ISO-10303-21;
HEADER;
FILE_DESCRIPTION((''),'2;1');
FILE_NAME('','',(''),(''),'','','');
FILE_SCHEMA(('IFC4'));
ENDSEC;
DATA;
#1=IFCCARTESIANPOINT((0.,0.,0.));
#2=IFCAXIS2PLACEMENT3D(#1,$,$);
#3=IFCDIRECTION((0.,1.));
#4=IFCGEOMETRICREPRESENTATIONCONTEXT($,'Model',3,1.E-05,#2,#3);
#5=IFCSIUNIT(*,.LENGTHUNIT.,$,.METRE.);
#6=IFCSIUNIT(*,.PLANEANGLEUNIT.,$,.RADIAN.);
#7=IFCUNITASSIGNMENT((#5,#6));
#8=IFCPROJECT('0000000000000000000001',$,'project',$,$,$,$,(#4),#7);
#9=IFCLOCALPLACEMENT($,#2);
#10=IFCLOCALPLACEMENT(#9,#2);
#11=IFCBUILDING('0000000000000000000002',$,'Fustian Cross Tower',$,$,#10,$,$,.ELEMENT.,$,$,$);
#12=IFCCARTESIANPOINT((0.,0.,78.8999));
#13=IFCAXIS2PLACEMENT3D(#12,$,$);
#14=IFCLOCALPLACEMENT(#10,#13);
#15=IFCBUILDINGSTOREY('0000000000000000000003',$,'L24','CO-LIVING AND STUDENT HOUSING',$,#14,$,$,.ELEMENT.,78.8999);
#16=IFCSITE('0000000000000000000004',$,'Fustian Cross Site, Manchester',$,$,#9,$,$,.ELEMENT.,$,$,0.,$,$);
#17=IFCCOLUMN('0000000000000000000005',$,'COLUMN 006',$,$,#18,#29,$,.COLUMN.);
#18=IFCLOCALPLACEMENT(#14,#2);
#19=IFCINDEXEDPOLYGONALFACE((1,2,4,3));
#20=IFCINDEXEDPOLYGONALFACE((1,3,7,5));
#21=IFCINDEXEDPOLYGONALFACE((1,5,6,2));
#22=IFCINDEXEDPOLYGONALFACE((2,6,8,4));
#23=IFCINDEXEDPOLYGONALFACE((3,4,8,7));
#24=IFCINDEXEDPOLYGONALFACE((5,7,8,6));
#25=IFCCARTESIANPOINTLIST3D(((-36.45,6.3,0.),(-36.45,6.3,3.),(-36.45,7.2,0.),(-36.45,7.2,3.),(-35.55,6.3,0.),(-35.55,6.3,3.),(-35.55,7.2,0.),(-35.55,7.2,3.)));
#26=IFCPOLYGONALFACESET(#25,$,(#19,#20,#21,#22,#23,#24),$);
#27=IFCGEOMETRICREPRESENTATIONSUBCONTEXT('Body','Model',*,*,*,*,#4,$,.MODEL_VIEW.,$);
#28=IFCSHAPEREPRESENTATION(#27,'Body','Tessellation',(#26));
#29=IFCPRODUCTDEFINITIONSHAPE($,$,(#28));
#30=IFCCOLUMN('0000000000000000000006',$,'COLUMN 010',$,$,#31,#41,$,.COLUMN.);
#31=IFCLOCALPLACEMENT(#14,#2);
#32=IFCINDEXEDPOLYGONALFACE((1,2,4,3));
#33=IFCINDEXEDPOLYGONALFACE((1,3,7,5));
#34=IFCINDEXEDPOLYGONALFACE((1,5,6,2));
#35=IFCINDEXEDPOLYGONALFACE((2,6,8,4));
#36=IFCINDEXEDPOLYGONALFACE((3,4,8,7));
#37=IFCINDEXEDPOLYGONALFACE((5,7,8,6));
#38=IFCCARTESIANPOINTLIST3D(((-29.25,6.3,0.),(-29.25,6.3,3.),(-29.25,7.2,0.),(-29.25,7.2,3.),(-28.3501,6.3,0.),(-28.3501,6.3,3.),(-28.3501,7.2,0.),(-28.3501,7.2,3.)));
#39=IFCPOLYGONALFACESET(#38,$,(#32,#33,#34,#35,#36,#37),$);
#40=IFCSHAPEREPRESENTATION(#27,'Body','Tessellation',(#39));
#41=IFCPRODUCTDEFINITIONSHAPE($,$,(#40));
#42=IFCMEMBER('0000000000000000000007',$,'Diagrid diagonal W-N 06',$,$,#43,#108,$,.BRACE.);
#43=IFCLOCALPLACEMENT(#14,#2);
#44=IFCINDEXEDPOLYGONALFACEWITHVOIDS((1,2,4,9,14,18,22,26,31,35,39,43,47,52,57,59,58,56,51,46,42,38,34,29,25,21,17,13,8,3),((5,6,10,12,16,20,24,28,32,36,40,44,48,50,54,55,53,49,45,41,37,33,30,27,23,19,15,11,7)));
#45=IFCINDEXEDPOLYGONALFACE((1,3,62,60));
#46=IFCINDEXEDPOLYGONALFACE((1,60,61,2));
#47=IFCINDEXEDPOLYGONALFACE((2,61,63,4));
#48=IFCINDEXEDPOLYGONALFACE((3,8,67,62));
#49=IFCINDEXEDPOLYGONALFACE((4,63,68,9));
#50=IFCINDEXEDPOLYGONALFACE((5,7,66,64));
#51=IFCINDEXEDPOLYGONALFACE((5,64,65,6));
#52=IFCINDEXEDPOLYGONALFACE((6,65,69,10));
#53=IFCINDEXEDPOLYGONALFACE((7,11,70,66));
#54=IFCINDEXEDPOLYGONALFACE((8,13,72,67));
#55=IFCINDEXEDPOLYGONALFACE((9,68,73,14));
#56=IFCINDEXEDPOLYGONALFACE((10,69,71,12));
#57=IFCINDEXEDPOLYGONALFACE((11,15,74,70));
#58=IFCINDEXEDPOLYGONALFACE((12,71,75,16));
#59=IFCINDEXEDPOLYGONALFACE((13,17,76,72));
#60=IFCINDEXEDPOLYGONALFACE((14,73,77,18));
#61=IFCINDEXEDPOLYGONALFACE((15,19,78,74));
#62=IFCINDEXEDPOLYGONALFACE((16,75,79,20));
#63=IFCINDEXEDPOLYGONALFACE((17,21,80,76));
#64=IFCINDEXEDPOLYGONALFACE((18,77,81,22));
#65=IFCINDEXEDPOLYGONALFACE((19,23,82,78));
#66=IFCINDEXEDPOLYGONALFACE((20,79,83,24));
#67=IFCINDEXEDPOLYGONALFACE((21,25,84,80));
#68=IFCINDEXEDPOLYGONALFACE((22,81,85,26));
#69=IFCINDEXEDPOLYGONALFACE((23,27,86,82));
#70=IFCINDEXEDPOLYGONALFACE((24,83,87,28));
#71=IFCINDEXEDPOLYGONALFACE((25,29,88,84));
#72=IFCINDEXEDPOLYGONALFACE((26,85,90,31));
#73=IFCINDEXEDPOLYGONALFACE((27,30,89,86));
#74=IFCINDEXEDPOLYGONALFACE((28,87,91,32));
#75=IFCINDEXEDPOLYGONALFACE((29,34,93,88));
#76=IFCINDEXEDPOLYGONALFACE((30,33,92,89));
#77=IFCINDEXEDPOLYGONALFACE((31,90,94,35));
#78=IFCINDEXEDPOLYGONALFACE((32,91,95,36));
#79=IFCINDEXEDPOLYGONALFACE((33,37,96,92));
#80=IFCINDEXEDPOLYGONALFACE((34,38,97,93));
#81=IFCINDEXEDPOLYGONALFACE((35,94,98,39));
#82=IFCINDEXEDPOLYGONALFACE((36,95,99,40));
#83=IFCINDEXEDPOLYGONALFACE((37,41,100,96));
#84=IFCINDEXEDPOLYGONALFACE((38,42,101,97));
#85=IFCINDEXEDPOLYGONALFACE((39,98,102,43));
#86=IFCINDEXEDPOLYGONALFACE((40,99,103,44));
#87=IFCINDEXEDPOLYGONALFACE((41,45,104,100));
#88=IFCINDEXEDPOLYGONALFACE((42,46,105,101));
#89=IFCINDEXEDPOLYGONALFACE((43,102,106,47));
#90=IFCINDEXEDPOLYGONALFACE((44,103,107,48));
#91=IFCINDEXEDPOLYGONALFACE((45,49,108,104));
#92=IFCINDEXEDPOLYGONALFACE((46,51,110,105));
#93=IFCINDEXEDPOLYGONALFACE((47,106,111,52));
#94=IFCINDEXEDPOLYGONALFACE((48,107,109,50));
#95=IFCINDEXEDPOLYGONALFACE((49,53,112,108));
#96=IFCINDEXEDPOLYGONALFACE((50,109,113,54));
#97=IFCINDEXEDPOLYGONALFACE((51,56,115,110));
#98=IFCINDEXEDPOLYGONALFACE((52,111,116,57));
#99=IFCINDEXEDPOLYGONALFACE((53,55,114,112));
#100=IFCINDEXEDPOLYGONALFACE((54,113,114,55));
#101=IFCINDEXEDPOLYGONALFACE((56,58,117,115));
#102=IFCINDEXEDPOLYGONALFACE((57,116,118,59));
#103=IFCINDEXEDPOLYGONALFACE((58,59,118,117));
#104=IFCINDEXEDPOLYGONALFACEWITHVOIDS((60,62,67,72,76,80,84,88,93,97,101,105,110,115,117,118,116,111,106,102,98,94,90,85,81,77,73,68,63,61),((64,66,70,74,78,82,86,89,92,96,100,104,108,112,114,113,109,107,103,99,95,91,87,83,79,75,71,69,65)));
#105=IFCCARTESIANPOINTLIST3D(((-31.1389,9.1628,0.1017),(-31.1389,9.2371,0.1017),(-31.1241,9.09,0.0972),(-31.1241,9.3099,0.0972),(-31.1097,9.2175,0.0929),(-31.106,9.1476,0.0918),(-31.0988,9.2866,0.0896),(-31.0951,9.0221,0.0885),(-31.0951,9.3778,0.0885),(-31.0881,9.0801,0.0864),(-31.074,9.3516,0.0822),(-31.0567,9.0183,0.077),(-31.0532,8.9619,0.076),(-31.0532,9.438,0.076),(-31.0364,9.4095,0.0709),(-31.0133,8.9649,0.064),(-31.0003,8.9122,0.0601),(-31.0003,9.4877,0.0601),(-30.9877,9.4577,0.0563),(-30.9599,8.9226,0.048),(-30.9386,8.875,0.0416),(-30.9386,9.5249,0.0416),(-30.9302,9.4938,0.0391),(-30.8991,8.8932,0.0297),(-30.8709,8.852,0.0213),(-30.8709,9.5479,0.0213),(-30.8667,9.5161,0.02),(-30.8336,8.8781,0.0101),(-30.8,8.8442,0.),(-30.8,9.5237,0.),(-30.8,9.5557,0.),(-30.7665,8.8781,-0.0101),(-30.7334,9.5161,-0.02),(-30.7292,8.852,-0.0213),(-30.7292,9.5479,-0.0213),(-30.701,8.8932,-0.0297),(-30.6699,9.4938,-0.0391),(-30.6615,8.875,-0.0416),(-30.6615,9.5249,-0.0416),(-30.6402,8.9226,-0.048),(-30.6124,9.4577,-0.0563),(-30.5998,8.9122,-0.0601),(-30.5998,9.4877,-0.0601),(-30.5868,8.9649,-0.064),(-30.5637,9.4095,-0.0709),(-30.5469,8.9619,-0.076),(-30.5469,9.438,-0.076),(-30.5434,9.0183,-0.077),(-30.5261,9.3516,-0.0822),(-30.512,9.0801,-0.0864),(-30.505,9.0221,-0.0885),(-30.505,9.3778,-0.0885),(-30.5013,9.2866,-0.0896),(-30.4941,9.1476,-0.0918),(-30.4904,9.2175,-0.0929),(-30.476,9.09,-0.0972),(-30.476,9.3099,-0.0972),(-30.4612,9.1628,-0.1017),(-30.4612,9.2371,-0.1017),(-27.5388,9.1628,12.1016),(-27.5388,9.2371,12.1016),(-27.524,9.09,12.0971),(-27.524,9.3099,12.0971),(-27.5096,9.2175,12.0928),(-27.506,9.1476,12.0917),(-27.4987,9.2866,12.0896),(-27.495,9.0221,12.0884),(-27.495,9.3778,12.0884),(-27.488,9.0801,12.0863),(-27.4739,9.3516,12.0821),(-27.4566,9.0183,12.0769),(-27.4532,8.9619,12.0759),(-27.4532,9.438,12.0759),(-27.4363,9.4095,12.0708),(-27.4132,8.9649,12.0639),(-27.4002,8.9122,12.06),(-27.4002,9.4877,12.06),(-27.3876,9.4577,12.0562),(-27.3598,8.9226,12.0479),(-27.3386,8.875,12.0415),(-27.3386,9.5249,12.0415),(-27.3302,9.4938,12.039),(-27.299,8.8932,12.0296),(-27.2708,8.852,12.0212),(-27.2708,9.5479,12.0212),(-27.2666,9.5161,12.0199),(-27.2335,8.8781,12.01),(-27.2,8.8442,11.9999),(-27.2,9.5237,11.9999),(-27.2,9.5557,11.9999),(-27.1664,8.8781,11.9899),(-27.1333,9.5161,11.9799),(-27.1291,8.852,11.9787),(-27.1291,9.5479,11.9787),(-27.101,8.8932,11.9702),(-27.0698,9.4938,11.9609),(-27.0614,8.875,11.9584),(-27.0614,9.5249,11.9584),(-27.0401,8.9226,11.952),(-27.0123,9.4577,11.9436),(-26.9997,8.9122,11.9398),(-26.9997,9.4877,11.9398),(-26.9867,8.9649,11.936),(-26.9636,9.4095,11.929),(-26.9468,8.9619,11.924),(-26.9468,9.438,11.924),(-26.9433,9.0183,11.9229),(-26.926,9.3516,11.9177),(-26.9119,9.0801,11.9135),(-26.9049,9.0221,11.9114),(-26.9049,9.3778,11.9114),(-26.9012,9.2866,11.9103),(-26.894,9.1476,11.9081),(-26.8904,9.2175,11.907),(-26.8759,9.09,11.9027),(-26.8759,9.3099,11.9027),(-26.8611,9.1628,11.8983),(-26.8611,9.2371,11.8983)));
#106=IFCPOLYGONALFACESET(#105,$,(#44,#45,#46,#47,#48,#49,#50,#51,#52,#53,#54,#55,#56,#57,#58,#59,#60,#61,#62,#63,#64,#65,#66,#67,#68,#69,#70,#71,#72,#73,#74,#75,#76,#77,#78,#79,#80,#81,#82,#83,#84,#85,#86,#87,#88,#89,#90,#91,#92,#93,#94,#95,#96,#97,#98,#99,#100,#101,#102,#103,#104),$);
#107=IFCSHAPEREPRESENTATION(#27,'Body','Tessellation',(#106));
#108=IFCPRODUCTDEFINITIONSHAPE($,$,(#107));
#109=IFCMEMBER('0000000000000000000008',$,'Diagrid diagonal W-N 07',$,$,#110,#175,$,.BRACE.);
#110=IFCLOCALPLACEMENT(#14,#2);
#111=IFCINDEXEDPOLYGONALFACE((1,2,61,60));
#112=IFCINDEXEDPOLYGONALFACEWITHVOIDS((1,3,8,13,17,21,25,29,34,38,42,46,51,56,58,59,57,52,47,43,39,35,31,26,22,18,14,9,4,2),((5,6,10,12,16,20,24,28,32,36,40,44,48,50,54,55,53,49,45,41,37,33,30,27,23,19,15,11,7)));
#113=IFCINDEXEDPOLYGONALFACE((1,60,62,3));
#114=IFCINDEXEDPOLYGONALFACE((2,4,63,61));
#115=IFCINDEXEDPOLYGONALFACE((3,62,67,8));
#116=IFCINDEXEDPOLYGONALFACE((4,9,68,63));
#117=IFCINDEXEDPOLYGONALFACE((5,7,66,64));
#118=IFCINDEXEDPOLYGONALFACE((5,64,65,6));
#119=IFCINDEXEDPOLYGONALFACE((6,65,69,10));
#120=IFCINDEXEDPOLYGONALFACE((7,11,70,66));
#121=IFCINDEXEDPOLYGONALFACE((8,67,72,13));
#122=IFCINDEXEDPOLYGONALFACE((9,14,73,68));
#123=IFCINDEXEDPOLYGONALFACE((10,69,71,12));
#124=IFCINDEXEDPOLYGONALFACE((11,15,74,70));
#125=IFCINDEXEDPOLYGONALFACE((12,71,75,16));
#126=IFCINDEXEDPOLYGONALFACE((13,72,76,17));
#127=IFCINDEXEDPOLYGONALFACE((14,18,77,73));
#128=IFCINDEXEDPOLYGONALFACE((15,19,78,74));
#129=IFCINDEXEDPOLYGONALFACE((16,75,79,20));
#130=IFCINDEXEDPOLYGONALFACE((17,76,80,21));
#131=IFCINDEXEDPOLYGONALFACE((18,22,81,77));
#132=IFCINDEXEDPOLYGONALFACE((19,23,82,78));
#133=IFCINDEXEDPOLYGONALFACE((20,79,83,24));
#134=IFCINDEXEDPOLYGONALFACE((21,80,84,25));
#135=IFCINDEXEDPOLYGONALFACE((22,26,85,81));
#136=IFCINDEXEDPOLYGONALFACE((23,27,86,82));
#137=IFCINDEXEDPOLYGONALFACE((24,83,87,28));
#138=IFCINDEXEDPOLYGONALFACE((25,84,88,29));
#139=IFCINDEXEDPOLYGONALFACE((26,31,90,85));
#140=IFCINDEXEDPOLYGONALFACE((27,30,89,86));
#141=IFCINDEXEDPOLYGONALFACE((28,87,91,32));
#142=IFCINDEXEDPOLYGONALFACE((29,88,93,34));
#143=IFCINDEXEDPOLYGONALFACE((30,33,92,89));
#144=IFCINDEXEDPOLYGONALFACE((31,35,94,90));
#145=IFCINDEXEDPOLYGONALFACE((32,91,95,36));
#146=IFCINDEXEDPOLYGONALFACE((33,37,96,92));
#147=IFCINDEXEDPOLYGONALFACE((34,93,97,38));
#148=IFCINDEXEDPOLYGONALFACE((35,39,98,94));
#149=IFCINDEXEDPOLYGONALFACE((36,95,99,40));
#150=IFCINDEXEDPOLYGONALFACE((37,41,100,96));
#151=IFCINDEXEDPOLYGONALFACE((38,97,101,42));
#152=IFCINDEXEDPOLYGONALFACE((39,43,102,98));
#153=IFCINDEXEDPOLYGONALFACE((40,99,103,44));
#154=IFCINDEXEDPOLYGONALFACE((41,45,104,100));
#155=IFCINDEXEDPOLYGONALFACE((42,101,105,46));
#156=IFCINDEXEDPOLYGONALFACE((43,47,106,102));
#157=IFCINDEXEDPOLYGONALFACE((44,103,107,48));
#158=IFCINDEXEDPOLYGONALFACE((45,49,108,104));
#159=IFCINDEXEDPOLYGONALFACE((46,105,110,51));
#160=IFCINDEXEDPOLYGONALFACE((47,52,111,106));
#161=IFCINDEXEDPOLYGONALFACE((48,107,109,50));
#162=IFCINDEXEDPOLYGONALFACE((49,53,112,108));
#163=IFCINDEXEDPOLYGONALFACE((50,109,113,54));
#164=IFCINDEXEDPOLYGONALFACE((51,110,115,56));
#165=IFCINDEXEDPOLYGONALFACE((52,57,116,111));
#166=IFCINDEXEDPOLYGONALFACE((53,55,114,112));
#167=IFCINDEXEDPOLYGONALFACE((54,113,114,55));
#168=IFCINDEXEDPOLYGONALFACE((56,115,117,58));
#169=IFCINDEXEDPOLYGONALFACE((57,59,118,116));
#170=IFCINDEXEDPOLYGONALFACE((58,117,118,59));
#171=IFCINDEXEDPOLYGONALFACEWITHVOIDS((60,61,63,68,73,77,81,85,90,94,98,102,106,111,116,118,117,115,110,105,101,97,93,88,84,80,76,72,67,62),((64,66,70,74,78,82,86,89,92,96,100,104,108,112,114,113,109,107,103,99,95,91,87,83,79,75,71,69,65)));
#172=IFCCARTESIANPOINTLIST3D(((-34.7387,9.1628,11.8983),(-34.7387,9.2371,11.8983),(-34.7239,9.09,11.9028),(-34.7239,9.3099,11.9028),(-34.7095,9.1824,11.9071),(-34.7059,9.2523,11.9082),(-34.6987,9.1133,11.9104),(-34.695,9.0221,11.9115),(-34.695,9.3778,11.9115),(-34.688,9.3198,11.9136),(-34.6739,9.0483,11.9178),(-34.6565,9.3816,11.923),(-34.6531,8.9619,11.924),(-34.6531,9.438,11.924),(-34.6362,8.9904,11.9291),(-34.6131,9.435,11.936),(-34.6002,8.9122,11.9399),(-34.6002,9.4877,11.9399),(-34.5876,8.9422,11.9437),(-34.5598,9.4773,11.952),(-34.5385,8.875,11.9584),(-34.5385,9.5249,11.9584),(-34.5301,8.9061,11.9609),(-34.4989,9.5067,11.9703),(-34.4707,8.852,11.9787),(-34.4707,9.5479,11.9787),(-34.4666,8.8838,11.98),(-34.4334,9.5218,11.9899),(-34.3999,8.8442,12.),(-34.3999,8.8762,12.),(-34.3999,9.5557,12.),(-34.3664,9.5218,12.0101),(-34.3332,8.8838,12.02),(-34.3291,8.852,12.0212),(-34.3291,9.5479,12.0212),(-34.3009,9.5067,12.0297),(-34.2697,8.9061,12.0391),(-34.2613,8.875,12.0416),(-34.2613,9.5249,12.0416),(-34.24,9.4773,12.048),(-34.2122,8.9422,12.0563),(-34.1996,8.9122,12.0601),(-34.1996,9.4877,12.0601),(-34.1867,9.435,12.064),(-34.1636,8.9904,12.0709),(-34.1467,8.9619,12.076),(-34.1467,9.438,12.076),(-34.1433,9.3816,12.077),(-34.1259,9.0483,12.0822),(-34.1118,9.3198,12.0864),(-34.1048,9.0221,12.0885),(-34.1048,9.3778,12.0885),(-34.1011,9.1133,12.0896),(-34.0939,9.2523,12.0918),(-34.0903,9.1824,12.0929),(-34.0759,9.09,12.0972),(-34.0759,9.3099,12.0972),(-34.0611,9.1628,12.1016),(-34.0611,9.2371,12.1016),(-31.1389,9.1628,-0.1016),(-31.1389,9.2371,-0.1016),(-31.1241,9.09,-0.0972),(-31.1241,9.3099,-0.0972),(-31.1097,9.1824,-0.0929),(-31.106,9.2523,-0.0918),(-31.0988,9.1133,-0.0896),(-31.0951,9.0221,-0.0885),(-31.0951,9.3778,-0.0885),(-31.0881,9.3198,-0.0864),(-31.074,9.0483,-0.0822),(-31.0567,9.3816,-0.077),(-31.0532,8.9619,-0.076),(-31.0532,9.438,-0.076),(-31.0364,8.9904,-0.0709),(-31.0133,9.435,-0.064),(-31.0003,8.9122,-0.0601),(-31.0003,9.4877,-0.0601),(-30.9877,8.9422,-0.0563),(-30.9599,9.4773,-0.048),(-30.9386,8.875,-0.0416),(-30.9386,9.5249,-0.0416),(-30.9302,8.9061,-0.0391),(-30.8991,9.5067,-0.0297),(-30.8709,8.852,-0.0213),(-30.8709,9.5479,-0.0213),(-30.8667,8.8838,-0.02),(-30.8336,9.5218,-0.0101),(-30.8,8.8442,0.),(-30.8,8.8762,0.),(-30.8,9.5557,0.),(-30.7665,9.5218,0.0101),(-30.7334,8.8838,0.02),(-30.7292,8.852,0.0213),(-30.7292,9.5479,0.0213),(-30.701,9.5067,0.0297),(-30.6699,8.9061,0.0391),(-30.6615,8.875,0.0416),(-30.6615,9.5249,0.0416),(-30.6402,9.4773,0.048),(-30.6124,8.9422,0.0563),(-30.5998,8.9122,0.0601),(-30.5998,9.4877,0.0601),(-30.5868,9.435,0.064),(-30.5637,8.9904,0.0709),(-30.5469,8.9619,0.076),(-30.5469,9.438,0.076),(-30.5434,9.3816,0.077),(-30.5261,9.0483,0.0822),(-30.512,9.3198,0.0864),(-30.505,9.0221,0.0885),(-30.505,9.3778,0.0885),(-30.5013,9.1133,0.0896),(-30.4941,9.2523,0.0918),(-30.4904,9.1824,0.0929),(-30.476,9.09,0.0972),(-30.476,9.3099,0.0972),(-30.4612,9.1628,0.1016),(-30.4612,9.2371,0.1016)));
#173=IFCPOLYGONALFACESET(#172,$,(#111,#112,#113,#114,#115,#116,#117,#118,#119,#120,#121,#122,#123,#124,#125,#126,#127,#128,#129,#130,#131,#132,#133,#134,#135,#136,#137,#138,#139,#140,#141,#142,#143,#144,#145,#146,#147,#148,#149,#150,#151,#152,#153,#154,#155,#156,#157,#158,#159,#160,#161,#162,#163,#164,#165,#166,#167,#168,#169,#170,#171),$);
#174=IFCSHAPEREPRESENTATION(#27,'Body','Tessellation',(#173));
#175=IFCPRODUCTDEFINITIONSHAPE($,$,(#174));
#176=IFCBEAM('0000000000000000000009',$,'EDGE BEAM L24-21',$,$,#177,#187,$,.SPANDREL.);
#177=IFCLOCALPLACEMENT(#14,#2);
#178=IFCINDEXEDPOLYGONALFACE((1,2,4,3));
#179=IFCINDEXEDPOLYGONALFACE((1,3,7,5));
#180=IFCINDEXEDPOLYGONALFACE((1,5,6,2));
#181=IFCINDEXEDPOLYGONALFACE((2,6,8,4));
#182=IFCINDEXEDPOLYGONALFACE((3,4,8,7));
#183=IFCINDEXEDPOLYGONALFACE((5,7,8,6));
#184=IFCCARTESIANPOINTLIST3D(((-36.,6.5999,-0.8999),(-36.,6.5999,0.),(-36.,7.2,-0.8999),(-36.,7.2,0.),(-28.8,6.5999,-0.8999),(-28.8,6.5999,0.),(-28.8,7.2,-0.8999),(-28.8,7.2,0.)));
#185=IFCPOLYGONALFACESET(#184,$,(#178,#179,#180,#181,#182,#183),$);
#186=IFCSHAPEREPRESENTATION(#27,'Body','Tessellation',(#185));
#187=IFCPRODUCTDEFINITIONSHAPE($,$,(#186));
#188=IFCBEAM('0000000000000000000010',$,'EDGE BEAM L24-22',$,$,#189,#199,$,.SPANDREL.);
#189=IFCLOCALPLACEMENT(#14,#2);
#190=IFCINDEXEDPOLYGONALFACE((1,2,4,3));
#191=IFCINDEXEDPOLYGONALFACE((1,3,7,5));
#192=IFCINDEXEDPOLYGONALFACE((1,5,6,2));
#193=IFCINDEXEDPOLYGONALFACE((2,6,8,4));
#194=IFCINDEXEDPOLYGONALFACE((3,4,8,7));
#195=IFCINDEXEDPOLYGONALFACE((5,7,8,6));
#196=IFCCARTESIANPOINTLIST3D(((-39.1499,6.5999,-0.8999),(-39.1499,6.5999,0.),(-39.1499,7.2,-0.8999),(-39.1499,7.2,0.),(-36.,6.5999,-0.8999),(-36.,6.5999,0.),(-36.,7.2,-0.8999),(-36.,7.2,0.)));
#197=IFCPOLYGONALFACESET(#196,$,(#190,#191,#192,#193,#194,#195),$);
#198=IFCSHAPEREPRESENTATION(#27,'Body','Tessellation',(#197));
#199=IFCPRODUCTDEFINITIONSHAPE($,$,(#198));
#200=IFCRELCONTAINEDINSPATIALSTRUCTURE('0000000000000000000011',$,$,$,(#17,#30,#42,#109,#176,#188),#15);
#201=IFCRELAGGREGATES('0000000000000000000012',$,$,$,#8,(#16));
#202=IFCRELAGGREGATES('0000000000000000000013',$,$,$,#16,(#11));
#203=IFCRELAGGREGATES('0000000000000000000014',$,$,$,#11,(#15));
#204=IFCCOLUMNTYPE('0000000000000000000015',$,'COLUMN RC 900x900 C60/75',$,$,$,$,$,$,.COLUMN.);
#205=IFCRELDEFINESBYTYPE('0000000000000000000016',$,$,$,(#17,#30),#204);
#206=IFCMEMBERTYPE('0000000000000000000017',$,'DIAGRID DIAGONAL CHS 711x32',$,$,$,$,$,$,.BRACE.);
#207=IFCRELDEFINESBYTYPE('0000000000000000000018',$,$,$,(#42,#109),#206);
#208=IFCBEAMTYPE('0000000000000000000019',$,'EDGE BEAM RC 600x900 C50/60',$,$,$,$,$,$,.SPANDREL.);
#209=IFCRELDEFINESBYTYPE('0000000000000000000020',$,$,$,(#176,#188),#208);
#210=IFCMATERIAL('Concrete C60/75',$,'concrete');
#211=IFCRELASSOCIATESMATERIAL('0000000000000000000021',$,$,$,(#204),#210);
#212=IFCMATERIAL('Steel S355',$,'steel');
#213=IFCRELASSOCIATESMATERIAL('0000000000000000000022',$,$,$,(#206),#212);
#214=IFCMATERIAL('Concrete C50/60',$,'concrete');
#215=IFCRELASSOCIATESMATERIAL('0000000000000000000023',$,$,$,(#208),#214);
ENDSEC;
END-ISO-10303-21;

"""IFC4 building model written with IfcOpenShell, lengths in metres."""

from ifc_helpers import new_model, si_unit, direction, frame, origin, origin_2d, place, context, subcontext, project, spatial, rectangle, hollow_circle, extrude, material, material_profile, profile_set, type_object, element, save


model = new_model("IFC4")

# Units and contexts
model_context = context("Model", 3, precision=1e-05, world=origin(), true_north=direction((0.0, 1.0)))
body_context = subcontext(model_context, "Body", "Model", "MODEL_VIEW")
ifc_project = project(units=[si_unit("LENGTHUNIT", "METRE"), si_unit("PLANEANGLEUNIT", "RADIAN")], contexts=[model_context])

# Site, building, storey
site_placement = place(None, origin())
site = spatial("IfcSite", under=ifc_project, at=site_placement, Name="Fustian Cross Site, Manchester", CompositionType="ELEMENT", RefElevation=0.0)
building_placement = place(site_placement, origin())
building = spatial("IfcBuilding", under=site, at=building_placement, Name="Fustian Cross Tower", CompositionType="ELEMENT")
storey_placement = place(building_placement, frame((0.0, 0.0, 78.8999)))
storey = spatial("IfcBuildingStorey", under=building, at=storey_placement, Name="L24", Description="CO-LIVING AND STUDENT HOUSING", CompositionType="ELEMENT", Elevation=78.8999)

# Columns
ifc_material_1 = material(Name="Concrete C60/75", Category="concrete")
ifc_material_profile_1 = material_profile(ifc_material_1, rectangle(XDim=0.8999, YDim=0.8999, at=origin_2d()), Name="RC 900x900")
ifc_profile_set_1 = profile_set([ifc_material_profile_1], Name="Concrete C60/75")
column_type = type_object("IfcColumnType", Name="COLUMN RC 900x900 C60/75", PredefinedType="COLUMN", material=ifc_profile_set_1)
for number, where, z_axis, x_axis, name in (
    (1, (-36.0, 6.75, 0.0), (0.0, 0.0, 1.0), (1.0, 0.0, 0.0), "COLUMN 006"),
    (2, (-28.8, 6.75, 0.0), (0.0, 0.0, 1.0), (1.0, 0.0, 0.0), "COLUMN 010"),
):
    element("IfcColumn", number, at=place(storey_placement, frame(where, z_axis=z_axis, x_axis=x_axis)), inside=storey, type_object=column_type, Name=name, PredefinedType="COLUMN", context=body_context, shape_type="SweptSolid", body=[
        extrude(rectangle(XDim=0.8999, YDim=0.8999, at=origin_2d()), origin(), (0.0, 0.0, 1.0), 3.0),
    ])

# Members
ifc_material_2 = material(Name="Steel S355", Category="steel")
ifc_material_profile_2 = material_profile(ifc_material_2, hollow_circle(Radius=0.3557, WallThickness=0.032, at=origin_2d()), Name="CHS 711x32")
ifc_profile_set_2 = profile_set([ifc_material_profile_2], Name="Steel S355")
member_type = type_object("IfcMemberType", Name="DIAGRID DIAGONAL CHS 711x32", PredefinedType="BRACE", material=ifc_profile_set_2)
for number, where, z_axis, x_axis, name in (
    (3, (-30.8, 9.2, 0.0), (0.287355, 0.0, 0.957824), (0.0, 1.0, 0.0), "Diagrid diagonal W-N 06"),
    (4, (-30.8, 9.2, 0.0), (-0.287337, 0.0, 0.95783), (0.0, -1.0, 0.0), "Diagrid diagonal W-N 07"),
):
    element("IfcMember", number, at=place(storey_placement, frame(where, z_axis=z_axis, x_axis=x_axis)), inside=storey, type_object=member_type, Name=name, PredefinedType="BRACE", context=body_context, shape_type="SweptSolid", body=[
        extrude(hollow_circle(Radius=0.3557, WallThickness=0.032, at=origin_2d()), origin(), (0.0, 0.0, 1.0), 12.5283),
    ])

# Beams
ifc_material_3 = material(Name="Concrete C50/60", Category="concrete")
ifc_material_profile_3 = material_profile(ifc_material_3, rectangle(XDim=0.6001, YDim=0.8999, at=origin_2d()), Name="RC 600x900")
ifc_profile_set_3 = profile_set([ifc_material_profile_3], Name="Concrete C50/60")
beam_type = type_object("IfcBeamType", Name="EDGE BEAM RC 600x900 C50/60", PredefinedType="SPANDREL", material=ifc_profile_set_3)
beam_1_placement = place(storey_placement, frame((-28.8, 6.8999, -0.45), z_axis=(-1.0, 0.0, 0.0), x_axis=(0.0, -1.0, 0.0)))
element("IfcBeam", 5, at=beam_1_placement, inside=storey, type_object=beam_type, Name="EDGE BEAM L24-21", PredefinedType="SPANDREL", context=body_context, shape_type="SweptSolid", body=[
    extrude(rectangle(XDim=0.6001, YDim=0.8999, at=origin_2d()), origin(), (0.0, 0.0, 1.0), 7.2),
])
beam_2_placement = place(storey_placement, frame((-36.0, 6.8999, -0.45), z_axis=(-1.0, 0.0, 0.0), x_axis=(0.0, -1.0, 0.0)))
element("IfcBeam", 6, at=beam_2_placement, inside=storey, type_object=beam_type, Name="EDGE BEAM L24-22", PredefinedType="SPANDREL", context=body_context, shape_type="SweptSolid", body=[
    extrude(rectangle(XDim=0.6001, YDim=0.8999, at=origin_2d()), origin(), (0.0, 0.0, 1.0), 3.1499),
])

save(model, "model.ifc")
